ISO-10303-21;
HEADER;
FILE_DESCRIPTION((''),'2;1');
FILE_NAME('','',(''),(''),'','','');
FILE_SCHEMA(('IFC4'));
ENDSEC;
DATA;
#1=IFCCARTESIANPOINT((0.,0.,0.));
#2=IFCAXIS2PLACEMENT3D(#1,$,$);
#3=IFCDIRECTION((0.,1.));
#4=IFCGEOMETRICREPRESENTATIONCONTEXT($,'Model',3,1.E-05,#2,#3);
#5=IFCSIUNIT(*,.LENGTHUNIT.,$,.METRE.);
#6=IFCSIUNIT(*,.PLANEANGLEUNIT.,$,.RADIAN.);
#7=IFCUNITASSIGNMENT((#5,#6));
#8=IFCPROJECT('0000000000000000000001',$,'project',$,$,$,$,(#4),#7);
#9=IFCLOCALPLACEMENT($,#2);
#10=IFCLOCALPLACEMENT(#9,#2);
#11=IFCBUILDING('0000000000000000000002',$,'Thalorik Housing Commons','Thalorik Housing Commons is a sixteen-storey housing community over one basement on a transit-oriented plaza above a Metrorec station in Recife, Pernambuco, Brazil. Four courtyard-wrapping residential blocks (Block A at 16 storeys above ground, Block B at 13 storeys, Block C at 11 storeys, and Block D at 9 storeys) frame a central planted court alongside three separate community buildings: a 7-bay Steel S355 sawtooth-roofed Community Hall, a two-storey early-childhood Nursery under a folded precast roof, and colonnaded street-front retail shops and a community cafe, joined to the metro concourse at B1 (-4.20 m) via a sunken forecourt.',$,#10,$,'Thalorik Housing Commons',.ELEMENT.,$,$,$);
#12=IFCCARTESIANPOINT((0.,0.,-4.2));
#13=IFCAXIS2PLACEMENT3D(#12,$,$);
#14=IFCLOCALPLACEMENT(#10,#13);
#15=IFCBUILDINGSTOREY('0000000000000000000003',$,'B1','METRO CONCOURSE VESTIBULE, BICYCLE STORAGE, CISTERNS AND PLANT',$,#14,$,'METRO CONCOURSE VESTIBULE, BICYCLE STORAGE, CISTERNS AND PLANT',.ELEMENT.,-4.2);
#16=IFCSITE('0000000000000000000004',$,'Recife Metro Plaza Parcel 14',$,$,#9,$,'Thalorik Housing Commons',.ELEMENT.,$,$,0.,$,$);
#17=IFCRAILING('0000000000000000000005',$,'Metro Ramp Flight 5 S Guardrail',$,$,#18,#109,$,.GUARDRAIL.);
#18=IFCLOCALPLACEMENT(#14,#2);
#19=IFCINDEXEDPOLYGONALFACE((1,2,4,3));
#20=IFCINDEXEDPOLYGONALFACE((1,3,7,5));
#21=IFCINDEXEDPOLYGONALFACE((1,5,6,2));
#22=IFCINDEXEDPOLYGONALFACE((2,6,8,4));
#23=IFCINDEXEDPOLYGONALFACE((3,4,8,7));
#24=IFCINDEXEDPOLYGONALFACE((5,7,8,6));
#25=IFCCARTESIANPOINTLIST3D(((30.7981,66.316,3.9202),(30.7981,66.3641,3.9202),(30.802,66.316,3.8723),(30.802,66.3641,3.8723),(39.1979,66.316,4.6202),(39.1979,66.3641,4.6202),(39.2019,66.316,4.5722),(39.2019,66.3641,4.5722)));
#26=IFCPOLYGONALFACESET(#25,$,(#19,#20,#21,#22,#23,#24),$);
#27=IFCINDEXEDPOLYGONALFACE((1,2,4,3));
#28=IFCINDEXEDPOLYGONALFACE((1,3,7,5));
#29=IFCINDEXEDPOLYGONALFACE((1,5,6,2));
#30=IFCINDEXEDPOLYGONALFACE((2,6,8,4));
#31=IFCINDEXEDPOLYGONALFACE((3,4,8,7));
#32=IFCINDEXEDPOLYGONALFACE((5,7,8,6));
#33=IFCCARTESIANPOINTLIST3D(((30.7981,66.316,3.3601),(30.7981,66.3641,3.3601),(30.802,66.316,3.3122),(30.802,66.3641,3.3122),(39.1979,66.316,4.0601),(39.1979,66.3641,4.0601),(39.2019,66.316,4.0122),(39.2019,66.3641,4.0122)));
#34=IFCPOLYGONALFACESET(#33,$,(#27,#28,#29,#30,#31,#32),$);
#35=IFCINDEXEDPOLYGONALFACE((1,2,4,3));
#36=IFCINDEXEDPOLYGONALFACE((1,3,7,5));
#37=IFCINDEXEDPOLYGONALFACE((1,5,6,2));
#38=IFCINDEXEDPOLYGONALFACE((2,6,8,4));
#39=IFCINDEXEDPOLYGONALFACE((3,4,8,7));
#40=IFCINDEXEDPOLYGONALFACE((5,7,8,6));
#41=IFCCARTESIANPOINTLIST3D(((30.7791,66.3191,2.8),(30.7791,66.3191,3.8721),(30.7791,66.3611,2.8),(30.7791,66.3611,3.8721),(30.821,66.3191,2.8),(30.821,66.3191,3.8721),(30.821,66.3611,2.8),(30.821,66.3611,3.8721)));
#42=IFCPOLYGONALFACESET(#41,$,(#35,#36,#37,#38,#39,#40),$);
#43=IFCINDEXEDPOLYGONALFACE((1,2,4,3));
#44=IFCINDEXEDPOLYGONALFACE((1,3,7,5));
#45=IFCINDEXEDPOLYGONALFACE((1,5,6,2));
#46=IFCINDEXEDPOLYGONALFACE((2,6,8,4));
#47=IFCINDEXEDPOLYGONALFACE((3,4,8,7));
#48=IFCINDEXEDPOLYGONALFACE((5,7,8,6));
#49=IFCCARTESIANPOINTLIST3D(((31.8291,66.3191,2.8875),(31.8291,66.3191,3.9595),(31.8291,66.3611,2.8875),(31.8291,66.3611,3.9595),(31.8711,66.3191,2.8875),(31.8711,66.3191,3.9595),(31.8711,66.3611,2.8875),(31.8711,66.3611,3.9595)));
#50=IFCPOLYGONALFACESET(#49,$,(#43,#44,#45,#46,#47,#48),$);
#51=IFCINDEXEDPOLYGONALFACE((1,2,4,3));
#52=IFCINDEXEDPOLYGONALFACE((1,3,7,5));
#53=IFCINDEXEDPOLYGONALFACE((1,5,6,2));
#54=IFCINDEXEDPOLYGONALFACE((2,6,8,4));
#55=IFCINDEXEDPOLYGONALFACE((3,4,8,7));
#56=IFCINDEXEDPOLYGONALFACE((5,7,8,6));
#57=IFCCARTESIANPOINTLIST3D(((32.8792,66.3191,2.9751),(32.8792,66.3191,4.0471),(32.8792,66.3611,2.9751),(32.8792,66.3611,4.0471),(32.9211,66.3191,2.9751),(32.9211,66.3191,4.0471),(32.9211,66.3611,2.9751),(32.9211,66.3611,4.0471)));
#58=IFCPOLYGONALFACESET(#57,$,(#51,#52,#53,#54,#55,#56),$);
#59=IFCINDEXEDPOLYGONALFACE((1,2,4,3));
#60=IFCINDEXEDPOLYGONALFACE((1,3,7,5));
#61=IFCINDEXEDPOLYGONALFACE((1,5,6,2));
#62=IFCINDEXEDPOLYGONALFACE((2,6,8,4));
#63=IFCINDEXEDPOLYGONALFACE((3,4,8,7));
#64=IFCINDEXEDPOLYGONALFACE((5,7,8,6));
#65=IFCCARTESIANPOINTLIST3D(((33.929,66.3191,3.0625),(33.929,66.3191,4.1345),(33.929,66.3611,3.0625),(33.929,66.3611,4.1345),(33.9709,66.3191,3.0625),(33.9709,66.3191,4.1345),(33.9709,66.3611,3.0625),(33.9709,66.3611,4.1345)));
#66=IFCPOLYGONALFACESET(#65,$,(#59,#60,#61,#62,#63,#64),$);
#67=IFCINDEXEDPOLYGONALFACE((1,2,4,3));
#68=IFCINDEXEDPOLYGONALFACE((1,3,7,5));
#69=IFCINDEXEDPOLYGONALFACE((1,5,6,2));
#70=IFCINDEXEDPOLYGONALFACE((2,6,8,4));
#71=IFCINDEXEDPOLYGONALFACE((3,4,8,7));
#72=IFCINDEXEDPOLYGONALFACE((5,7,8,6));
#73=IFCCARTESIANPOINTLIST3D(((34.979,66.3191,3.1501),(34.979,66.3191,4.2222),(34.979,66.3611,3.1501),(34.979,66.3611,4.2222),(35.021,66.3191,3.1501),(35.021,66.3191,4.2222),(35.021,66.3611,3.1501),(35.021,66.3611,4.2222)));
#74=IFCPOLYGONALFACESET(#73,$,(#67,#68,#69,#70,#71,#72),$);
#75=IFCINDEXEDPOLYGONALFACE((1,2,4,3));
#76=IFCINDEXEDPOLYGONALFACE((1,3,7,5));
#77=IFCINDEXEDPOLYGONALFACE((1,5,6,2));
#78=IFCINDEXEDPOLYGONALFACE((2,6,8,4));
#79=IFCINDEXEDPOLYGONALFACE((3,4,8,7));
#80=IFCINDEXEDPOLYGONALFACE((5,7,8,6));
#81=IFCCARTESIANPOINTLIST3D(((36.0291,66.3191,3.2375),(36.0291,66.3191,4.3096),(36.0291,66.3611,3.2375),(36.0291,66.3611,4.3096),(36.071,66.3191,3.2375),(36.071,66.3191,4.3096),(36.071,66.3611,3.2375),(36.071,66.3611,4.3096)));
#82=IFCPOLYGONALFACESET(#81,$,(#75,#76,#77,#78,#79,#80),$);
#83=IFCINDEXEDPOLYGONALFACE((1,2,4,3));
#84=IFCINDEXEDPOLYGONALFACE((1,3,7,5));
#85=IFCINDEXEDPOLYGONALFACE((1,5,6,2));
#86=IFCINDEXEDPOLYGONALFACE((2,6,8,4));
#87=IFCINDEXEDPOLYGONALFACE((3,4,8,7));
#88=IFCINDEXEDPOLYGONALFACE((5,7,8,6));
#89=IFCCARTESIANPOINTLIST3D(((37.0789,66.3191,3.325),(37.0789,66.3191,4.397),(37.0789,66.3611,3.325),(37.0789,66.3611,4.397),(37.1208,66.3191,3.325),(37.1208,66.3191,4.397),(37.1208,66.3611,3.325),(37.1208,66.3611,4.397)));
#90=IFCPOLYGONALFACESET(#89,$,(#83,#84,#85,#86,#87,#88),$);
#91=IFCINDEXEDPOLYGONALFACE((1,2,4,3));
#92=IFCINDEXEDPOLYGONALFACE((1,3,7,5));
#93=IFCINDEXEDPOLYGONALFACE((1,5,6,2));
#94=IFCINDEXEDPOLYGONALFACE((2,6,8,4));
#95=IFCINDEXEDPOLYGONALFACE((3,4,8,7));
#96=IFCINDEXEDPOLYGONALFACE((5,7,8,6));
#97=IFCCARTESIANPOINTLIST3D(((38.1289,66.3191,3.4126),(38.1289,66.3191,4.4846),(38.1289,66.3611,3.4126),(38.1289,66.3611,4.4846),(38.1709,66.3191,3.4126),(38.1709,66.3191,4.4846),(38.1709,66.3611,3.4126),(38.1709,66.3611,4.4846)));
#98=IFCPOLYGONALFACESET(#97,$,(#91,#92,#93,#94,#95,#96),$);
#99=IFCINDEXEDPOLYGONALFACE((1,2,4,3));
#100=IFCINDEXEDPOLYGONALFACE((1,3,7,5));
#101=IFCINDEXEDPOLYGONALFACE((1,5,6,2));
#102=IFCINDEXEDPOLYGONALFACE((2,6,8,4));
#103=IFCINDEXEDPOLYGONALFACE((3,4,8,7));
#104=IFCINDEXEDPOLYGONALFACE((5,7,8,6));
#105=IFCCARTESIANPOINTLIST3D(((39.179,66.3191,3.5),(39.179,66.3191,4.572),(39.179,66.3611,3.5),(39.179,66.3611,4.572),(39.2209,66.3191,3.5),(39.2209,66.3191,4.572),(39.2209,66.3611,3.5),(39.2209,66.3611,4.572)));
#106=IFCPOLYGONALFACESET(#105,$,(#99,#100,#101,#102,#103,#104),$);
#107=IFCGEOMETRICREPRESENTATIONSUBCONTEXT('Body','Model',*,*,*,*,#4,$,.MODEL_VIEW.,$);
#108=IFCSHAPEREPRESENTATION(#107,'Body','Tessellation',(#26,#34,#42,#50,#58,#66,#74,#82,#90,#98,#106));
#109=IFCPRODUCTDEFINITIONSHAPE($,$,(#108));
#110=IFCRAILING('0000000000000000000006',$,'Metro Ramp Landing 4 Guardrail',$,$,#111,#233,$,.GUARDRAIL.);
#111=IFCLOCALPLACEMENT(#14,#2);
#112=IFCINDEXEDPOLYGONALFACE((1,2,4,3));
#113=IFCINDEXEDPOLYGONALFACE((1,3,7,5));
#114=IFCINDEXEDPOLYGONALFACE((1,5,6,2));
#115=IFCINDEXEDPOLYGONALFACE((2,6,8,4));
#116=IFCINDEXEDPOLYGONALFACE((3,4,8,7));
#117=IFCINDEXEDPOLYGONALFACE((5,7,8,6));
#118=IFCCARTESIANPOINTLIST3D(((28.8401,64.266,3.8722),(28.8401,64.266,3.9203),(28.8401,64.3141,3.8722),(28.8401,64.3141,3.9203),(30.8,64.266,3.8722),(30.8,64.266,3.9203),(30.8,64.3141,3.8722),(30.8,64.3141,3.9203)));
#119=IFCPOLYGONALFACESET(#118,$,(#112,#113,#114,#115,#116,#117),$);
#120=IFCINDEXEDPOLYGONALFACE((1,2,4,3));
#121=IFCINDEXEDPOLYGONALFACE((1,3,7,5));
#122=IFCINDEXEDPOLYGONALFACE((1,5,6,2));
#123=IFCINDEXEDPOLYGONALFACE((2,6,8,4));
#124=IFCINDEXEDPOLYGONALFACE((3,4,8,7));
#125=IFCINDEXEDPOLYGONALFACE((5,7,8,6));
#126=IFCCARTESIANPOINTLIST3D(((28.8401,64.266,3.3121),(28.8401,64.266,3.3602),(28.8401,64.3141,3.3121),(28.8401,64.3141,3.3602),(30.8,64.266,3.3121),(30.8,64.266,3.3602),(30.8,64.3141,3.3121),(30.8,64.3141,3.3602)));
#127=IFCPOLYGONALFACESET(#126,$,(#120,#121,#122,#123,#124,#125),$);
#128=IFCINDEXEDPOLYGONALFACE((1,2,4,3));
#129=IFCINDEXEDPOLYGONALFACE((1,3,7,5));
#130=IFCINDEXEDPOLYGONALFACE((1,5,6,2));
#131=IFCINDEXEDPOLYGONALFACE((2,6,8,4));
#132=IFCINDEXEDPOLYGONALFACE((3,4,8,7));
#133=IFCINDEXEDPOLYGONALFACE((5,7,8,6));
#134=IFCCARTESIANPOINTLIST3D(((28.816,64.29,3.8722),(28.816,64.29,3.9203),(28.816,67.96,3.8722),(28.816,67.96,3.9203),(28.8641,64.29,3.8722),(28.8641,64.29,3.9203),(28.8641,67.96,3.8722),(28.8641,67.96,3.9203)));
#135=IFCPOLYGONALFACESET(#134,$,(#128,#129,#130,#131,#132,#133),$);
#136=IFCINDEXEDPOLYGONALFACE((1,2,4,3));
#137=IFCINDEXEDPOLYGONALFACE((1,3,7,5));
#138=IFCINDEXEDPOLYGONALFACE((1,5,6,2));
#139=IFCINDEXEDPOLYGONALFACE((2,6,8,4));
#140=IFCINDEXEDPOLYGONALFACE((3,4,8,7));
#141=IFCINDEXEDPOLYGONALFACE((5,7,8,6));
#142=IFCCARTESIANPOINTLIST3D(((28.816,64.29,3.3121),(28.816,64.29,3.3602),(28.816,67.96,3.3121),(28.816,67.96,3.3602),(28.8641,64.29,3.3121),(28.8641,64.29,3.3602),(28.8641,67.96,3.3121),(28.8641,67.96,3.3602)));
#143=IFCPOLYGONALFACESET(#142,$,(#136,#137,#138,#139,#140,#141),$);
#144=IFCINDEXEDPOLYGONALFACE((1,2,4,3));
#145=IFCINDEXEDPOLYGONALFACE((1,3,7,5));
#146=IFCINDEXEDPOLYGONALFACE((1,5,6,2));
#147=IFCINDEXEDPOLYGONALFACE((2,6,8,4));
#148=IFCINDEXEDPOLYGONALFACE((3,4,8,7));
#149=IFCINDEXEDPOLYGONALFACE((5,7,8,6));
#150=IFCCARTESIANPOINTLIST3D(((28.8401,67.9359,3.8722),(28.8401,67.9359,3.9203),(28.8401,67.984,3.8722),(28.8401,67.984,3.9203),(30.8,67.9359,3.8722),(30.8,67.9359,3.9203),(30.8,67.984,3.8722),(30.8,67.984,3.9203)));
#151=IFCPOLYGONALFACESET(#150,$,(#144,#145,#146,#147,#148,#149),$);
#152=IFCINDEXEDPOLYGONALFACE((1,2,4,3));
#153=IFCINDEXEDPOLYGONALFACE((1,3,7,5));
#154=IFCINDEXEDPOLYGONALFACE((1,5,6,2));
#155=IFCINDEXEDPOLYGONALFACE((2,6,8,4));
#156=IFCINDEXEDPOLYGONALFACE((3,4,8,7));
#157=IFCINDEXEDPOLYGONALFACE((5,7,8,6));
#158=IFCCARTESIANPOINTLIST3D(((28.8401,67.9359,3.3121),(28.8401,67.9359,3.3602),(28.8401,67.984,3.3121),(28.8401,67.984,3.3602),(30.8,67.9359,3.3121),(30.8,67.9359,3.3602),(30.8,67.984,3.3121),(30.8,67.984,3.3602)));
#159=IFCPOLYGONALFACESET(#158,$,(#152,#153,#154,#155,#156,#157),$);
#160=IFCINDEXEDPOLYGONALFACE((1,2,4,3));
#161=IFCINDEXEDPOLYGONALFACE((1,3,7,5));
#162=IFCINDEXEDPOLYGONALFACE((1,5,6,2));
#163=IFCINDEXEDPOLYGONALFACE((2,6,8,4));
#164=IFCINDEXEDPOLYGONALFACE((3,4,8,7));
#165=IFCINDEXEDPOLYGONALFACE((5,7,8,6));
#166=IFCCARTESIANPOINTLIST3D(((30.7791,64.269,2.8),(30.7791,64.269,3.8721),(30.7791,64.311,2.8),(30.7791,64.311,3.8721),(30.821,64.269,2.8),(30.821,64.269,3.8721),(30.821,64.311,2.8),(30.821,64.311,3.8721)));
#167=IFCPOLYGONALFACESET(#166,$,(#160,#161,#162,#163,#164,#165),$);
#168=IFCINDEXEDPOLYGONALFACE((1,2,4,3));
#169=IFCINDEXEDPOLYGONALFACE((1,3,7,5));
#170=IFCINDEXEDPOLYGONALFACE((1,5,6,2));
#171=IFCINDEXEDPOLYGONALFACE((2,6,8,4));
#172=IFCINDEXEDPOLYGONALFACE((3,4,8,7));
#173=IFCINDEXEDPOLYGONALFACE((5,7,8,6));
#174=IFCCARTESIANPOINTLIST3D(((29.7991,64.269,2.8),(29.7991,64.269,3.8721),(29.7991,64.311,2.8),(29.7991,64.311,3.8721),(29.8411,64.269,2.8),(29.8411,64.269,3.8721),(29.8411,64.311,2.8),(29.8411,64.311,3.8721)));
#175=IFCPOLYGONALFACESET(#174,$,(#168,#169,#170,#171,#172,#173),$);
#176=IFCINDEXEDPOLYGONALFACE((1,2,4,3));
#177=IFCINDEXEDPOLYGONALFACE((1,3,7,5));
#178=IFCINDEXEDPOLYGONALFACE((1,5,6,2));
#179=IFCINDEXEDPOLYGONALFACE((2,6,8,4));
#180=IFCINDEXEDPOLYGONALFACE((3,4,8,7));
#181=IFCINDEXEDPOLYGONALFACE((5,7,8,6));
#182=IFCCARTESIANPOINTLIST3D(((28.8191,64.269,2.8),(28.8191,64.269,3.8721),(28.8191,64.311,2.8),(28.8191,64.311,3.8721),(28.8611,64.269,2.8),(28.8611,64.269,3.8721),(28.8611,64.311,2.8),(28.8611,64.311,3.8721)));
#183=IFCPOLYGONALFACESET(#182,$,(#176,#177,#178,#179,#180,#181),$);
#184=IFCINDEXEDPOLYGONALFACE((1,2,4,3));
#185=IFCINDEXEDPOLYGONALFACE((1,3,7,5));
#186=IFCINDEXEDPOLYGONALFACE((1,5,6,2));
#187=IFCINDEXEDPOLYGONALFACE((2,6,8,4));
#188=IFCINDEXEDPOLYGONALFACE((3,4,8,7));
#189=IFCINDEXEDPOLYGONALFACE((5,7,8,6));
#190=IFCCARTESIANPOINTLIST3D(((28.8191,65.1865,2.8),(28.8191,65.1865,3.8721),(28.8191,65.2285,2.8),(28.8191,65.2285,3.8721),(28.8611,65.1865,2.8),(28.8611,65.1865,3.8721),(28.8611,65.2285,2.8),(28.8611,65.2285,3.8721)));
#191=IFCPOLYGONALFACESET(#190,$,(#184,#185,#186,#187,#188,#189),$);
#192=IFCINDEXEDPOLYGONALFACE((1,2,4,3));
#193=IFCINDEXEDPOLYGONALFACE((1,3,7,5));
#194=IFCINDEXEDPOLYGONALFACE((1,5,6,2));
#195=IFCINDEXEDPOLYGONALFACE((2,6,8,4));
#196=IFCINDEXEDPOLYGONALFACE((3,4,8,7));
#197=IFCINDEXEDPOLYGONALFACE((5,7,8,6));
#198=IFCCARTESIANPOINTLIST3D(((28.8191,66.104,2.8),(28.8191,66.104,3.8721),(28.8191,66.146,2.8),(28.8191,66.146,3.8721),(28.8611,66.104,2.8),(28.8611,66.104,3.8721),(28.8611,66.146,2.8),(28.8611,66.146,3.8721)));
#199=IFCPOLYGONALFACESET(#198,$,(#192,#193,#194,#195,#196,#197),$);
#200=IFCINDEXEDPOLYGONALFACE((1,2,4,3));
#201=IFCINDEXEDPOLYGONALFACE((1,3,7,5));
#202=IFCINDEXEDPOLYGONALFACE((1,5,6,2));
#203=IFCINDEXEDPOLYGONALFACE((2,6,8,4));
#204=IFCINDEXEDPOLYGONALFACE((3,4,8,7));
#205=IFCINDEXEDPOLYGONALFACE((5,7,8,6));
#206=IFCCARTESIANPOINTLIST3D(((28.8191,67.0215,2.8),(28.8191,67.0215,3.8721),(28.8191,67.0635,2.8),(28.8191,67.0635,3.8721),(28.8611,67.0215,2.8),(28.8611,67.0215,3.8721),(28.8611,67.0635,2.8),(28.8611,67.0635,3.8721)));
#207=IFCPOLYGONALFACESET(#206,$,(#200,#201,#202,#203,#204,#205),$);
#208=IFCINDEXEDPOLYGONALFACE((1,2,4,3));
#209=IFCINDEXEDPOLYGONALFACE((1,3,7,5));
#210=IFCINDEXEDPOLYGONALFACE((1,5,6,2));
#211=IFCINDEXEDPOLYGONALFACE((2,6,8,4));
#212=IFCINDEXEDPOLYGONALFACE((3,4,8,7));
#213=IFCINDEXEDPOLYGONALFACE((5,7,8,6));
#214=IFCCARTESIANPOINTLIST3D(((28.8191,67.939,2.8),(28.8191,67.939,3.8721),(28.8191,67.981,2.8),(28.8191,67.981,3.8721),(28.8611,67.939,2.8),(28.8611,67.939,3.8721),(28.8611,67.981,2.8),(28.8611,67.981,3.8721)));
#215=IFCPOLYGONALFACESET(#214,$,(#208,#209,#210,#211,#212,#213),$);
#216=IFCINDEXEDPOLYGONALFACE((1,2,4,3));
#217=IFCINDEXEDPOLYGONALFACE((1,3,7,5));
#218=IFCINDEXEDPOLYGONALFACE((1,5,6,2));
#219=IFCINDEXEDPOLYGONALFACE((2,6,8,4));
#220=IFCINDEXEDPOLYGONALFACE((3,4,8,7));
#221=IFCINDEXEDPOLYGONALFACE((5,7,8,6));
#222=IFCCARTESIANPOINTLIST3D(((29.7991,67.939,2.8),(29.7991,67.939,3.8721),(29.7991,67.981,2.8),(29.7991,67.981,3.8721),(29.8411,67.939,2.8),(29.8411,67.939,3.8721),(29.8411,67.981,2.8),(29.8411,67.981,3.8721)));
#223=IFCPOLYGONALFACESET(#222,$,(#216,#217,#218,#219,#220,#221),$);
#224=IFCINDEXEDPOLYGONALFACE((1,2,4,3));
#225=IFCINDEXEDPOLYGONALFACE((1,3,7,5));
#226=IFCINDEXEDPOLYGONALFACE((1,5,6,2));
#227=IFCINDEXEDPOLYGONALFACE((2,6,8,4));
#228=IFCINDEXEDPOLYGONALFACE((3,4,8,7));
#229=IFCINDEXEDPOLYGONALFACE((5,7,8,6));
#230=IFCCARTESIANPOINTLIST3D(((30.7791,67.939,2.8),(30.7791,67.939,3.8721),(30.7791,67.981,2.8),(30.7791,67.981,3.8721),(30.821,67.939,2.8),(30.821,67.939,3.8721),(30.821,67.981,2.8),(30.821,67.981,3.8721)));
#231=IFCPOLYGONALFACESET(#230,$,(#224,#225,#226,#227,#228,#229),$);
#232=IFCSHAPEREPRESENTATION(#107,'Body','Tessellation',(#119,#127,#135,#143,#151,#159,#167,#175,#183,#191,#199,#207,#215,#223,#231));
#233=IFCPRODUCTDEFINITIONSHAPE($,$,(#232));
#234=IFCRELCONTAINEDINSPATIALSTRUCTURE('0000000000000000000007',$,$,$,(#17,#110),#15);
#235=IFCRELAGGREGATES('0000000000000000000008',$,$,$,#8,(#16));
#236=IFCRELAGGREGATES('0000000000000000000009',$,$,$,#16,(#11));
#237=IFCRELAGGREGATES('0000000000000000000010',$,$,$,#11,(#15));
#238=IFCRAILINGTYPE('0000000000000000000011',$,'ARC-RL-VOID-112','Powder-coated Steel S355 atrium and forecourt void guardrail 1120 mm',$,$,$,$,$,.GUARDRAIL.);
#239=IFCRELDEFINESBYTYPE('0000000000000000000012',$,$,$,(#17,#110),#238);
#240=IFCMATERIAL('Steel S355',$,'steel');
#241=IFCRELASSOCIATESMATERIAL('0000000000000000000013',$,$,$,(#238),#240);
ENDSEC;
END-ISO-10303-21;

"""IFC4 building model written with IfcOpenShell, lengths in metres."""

from ifc_helpers import new_model, si_unit, direction, frame, origin, origin_2d, place, context, subcontext, project, spatial, rectangle, extrude, material, type_object, element, save


model = new_model("IFC4")

# Units and contexts
model_context = context("Model", 3, precision=1e-05, world=origin(), true_north=direction((0.0, 1.0)))
body_context = subcontext(model_context, "Body", "Model", "MODEL_VIEW")
ifc_project = project(units=[si_unit("LENGTHUNIT", "METRE"), si_unit("PLANEANGLEUNIT", "RADIAN")], contexts=[model_context])

# Site, building, storey
site_placement = place(None, origin())
site = spatial("IfcSite", under=ifc_project, at=site_placement, Name="Recife Metro Plaza Parcel 14", LongName="Thalorik Housing Commons", CompositionType="ELEMENT", RefElevation=0.0)
building_placement = place(site_placement, origin())
building = spatial("IfcBuilding", under=site, at=building_placement, Name="Thalorik Housing Commons", Description="Thalorik Housing Commons is a sixteen-storey housing community over one basement on a transit-oriented plaza above a Metrorec station in Recife, Pernambuco, Brazil. Four courtyard-wrapping residential blocks (Block A at 16 storeys above ground, Block B at 13 storeys, Block C at 11 storeys, and Block D at 9 storeys) frame a central planted court alongside three separate community buildings: a 7-bay Steel S355 sawtooth-roofed Community Hall, a two-storey early-childhood Nursery under a folded precast roof, and colonnaded street-front retail shops and a community cafe, joined to the metro concourse at B1 (-4.20 m) via a sunken forecourt.", LongName="Thalorik Housing Commons", CompositionType="ELEMENT")
storey_placement = place(building_placement, frame((0.0, 0.0, -4.2)))
storey = spatial("IfcBuildingStorey", under=building, at=storey_placement, Name="B1", Description="METRO CONCOURSE VESTIBULE, BICYCLE STORAGE, CISTERNS AND PLANT", LongName="METRO CONCOURSE VESTIBULE, BICYCLE STORAGE, CISTERNS AND PLANT", CompositionType="ELEMENT", Elevation=-4.2)

# Railings
ifc_material_1 = material(Name="Steel S355", Category="steel")
railing_type_1 = type_object("IfcRailingType", Name="ARC-RL-VOID-112", Description="Powder-coated Steel S355 atrium and forecourt void guardrail 1120 mm", PredefinedType="GUARDRAIL", material=ifc_material_1)
railing_1_placement = place(storey_placement, frame((30.8, 66.3401, 2.8)))
element("IfcRailing", 1, at=railing_1_placement, inside=storey, type_object=railing_type_1, Name="Metro Ramp Flight 5 S Guardrail", PredefinedType="GUARDRAIL", context=body_context, shape_type="SweptSolid", body=[
    extrude(rectangle(XDim=0.0481, YDim=0.0481, at=origin_2d()), frame((0.0, 0.0, 1.0962), z_axis=(0.996546, 0.0, 0.083041), x_axis=(0.0, 1.0, 0.0)), (0.0, 0.0, 1.0), 8.429),
    extrude(rectangle(XDim=0.0481, YDim=0.0481, at=origin_2d()), frame((0.0, 0.0, 0.5361), z_axis=(0.996546, 0.0, 0.083041), x_axis=(0.0, 1.0, 0.0)), (0.0, 0.0, 1.0), 8.429),
    extrude(rectangle(XDim=0.042, YDim=0.042, at=origin_2d()), origin(), (0.0, 0.0, 1.0), 1.072),
    extrude(rectangle(XDim=0.042, YDim=0.042, at=origin_2d()), frame((1.05, 0.0, 0.0874)), (0.0, 0.0, 1.0), 1.072),
    extrude(rectangle(XDim=0.042, YDim=0.042, at=origin_2d()), frame((2.1001, 0.0, 0.175)), (0.0, 0.0, 1.0), 1.072),
    extrude(rectangle(XDim=0.042, YDim=0.042, at=origin_2d()), frame((3.1499, 0.0, 0.2625)), (0.0, 0.0, 1.0), 1.072),
    extrude(rectangle(XDim=0.042, YDim=0.042, at=origin_2d()), frame((4.2, 0.0, 0.3501)), (0.0, 0.0, 1.0), 1.072),
    extrude(rectangle(XDim=0.042, YDim=0.042, at=origin_2d()), frame((5.25, 0.0, 0.4375)), (0.0, 0.0, 1.0), 1.072),
    extrude(rectangle(XDim=0.042, YDim=0.042, at=origin_2d()), frame((6.2998, 0.0, 0.5249)), (0.0, 0.0, 1.0), 1.072),
    extrude(rectangle(XDim=0.042, YDim=0.042, at=origin_2d()), frame((7.3499, 0.0, 0.6125)), (0.0, 0.0, 1.0), 1.072),
    extrude(rectangle(XDim=0.042, YDim=0.042, at=origin_2d()), frame((8.3999, 0.0, 0.7)), (0.0, 0.0, 1.0), 1.072),
])
railing_2_placement = place(storey_placement, frame((30.8, 64.29, 2.8)))
element("IfcRailing", 2, at=railing_2_placement, inside=storey, type_object=railing_type_1, Name="Metro Ramp Landing 4 Guardrail", PredefinedType="GUARDRAIL", context=body_context, shape_type="SweptSolid", body=[
    extrude(rectangle(XDim=0.0481, YDim=0.0481, at=origin_2d()), frame((0.0, 0.0, 1.0962), z_axis=(-1.0, 0.0, 0.0), x_axis=(0.0, -1.0, 0.0)), (0.0, 0.0, 1.0), 1.96),
    extrude(rectangle(XDim=0.0481, YDim=0.0481, at=origin_2d()), frame((0.0, 0.0, 0.5361), z_axis=(-1.0, 0.0, 0.0), x_axis=(0.0, -1.0, 0.0)), (0.0, 0.0, 1.0), 1.96),
    extrude(rectangle(XDim=0.0481, YDim=0.0481, at=origin_2d()), frame((-1.96, 0.0, 1.0962), z_axis=(0.0, 1.0, 0.0), x_axis=(-1.0, 0.0, 0.0)), (0.0, 0.0, 1.0), 3.6699),
    extrude(rectangle(XDim=0.0481, YDim=0.0481, at=origin_2d()), frame((-1.96, 0.0, 0.5361), z_axis=(0.0, 1.0, 0.0), x_axis=(-1.0, 0.0, 0.0)), (0.0, 0.0, 1.0), 3.6699),
    extrude(rectangle(XDim=0.0481, YDim=0.0481, at=origin_2d()), frame((-1.96, 3.6699, 1.0962), z_axis=(1.0, 0.0, 0.0), x_axis=(0.0, 1.0, 0.0)), (0.0, 0.0, 1.0), 1.96),
    extrude(rectangle(XDim=0.0481, YDim=0.0481, at=origin_2d()), frame((-1.96, 3.6699, 0.5361), z_axis=(1.0, 0.0, 0.0), x_axis=(0.0, 1.0, 0.0)), (0.0, 0.0, 1.0), 1.96),
    extrude(rectangle(XDim=0.042, YDim=0.042, at=origin_2d()), origin(), (0.0, 0.0, 1.0), 1.072),
    extrude(rectangle(XDim=0.042, YDim=0.042, at=origin_2d()), frame((-0.98, 0.0, 0.0)), (0.0, 0.0, 1.0), 1.072),
    extrude(rectangle(XDim=0.042, YDim=0.042, at=origin_2d()), frame((-1.96, 0.0, 0.0)), (0.0, 0.0, 1.0), 1.072),
    extrude(rectangle(XDim=0.042, YDim=0.042, at=origin_2d()), frame((-1.96, 0.9175, 0.0)), (0.0, 0.0, 1.0), 1.072),
    extrude(rectangle(XDim=0.042, YDim=0.042, at=origin_2d()), frame((-1.96, 1.835, 0.0)), (0.0, 0.0, 1.0), 1.072),
    extrude(rectangle(XDim=0.042, YDim=0.042, at=origin_2d()), frame((-1.96, 2.7524, 0.0)), (0.0, 0.0, 1.0), 1.072),
    extrude(rectangle(XDim=0.042, YDim=0.042, at=origin_2d()), frame((-1.96, 3.6699, 0.0)), (0.0, 0.0, 1.0), 1.072),
    extrude(rectangle(XDim=0.042, YDim=0.042, at=origin_2d()), frame((-0.98, 3.6699, 0.0)), (0.0, 0.0, 1.0), 1.072),
    extrude(rectangle(XDim=0.042, YDim=0.042, at=origin_2d()), frame((0.0, 3.6699, 0.0)), (0.0, 0.0, 1.0), 1.072),
])

save(model, "model.ifc")
